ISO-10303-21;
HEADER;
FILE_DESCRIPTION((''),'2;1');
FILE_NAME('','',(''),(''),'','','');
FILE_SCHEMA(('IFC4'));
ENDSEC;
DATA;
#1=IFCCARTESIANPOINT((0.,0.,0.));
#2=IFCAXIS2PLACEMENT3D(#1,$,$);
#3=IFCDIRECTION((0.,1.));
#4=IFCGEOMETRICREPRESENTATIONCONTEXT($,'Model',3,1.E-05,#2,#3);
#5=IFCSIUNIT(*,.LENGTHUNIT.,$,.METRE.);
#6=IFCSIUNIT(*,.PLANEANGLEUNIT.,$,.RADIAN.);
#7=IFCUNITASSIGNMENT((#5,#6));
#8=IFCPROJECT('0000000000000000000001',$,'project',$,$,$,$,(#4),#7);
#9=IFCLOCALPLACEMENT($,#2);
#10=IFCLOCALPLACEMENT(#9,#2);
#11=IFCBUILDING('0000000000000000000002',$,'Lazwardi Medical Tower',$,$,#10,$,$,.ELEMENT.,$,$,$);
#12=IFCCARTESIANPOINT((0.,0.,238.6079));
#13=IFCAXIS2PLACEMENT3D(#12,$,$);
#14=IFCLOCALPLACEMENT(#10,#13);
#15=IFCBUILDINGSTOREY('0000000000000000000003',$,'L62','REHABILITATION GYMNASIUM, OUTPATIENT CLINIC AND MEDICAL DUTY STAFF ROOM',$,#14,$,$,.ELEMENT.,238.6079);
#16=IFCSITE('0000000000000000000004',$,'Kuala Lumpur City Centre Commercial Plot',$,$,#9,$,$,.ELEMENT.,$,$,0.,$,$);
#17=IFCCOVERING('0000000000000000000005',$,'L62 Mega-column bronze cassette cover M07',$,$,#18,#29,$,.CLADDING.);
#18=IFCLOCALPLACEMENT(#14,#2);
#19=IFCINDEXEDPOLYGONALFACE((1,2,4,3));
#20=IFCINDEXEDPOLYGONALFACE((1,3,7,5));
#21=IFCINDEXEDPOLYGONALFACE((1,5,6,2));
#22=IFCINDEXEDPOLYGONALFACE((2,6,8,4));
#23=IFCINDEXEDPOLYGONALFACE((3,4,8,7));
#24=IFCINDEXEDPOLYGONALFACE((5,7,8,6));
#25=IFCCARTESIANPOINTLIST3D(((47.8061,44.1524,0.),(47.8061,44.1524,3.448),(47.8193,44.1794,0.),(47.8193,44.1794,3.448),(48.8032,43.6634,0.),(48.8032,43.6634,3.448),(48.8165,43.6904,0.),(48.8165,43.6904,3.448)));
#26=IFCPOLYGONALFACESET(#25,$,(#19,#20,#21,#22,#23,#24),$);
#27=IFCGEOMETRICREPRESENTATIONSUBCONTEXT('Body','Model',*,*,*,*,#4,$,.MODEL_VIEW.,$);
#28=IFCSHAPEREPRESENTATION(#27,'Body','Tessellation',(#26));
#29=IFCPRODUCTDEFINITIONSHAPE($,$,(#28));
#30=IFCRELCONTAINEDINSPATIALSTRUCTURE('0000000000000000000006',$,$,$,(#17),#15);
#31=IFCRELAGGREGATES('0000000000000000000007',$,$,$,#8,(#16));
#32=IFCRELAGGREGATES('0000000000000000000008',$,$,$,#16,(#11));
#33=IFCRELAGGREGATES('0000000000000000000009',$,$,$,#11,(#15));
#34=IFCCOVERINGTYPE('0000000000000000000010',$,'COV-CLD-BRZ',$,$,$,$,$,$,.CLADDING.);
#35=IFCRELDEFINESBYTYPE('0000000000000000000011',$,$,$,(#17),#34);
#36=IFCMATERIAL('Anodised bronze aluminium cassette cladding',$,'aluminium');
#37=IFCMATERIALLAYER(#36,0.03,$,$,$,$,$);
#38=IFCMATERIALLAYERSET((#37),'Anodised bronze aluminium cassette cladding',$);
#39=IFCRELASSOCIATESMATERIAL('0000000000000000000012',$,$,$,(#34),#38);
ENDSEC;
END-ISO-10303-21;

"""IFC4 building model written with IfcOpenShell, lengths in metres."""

from ifc_helpers import new_model, si_unit, direction, frame, origin, origin_2d, place, context, subcontext, project, spatial, rectangle, extrude, material, layer, layer_set, type_object, element, save


model = new_model("IFC4")

# Units and contexts
model_context = context("Model", 3, precision=1e-05, world=origin(), true_north=direction((0.0, 1.0)))
body_context = subcontext(model_context, "Body", "Model", "MODEL_VIEW")
ifc_project = project(units=[si_unit("LENGTHUNIT", "METRE"), si_unit("PLANEANGLEUNIT", "RADIAN")], contexts=[model_context])

# Site, building, storey
site_placement = place(None, origin())
site = spatial("IfcSite", under=ifc_project, at=site_placement, Name="Kuala Lumpur City Centre Commercial Plot", CompositionType="ELEMENT", RefElevation=0.0)
building_placement = place(site_placement, origin())
building = spatial("IfcBuilding", under=site, at=building_placement, Name="Lazwardi Medical Tower", CompositionType="ELEMENT")
storey_placement = place(building_placement, frame((0.0, 0.0, 238.6079)))
storey = spatial("IfcBuildingStorey", under=building, at=storey_placement, Name="L62", Description="REHABILITATION GYMNASIUM, OUTPATIENT CLINIC AND MEDICAL DUTY STAFF ROOM", CompositionType="ELEMENT", Elevation=238.6079)

# Covering
ifc_material_1 = material(Name="Anodised bronze aluminium cassette cladding", Category="aluminium")
ifc_layer_1 = layer(ifc_material_1, 0.03)
ifc_layer_set_1 = layer_set([ifc_layer_1], Name="Anodised bronze aluminium cassette cladding")
covering_type = type_object("IfcCoveringType", Name="COV-CLD-BRZ", PredefinedType="CLADDING", material=ifc_layer_set_1)
covering_1_placement = place(storey_placement, frame((48.3113, 43.9214, 0.0), z_axis=(0.0, 0.0, 1.0), x_axis=(-0.89784, 0.440322, 0.0)))
element("IfcCovering", 1, at=covering_1_placement, inside=storey, type_object=covering_type, Name="L62 Mega-column bronze cassette cover M07", PredefinedType="CLADDING", context=body_context, shape_type="SweptSolid", body=[
    extrude(rectangle(XDim=1.1106, YDim=0.03, at=origin_2d()), origin(), (0.0, 0.0, 1.0), 3.448),
])

save(model, "model.ifc")
